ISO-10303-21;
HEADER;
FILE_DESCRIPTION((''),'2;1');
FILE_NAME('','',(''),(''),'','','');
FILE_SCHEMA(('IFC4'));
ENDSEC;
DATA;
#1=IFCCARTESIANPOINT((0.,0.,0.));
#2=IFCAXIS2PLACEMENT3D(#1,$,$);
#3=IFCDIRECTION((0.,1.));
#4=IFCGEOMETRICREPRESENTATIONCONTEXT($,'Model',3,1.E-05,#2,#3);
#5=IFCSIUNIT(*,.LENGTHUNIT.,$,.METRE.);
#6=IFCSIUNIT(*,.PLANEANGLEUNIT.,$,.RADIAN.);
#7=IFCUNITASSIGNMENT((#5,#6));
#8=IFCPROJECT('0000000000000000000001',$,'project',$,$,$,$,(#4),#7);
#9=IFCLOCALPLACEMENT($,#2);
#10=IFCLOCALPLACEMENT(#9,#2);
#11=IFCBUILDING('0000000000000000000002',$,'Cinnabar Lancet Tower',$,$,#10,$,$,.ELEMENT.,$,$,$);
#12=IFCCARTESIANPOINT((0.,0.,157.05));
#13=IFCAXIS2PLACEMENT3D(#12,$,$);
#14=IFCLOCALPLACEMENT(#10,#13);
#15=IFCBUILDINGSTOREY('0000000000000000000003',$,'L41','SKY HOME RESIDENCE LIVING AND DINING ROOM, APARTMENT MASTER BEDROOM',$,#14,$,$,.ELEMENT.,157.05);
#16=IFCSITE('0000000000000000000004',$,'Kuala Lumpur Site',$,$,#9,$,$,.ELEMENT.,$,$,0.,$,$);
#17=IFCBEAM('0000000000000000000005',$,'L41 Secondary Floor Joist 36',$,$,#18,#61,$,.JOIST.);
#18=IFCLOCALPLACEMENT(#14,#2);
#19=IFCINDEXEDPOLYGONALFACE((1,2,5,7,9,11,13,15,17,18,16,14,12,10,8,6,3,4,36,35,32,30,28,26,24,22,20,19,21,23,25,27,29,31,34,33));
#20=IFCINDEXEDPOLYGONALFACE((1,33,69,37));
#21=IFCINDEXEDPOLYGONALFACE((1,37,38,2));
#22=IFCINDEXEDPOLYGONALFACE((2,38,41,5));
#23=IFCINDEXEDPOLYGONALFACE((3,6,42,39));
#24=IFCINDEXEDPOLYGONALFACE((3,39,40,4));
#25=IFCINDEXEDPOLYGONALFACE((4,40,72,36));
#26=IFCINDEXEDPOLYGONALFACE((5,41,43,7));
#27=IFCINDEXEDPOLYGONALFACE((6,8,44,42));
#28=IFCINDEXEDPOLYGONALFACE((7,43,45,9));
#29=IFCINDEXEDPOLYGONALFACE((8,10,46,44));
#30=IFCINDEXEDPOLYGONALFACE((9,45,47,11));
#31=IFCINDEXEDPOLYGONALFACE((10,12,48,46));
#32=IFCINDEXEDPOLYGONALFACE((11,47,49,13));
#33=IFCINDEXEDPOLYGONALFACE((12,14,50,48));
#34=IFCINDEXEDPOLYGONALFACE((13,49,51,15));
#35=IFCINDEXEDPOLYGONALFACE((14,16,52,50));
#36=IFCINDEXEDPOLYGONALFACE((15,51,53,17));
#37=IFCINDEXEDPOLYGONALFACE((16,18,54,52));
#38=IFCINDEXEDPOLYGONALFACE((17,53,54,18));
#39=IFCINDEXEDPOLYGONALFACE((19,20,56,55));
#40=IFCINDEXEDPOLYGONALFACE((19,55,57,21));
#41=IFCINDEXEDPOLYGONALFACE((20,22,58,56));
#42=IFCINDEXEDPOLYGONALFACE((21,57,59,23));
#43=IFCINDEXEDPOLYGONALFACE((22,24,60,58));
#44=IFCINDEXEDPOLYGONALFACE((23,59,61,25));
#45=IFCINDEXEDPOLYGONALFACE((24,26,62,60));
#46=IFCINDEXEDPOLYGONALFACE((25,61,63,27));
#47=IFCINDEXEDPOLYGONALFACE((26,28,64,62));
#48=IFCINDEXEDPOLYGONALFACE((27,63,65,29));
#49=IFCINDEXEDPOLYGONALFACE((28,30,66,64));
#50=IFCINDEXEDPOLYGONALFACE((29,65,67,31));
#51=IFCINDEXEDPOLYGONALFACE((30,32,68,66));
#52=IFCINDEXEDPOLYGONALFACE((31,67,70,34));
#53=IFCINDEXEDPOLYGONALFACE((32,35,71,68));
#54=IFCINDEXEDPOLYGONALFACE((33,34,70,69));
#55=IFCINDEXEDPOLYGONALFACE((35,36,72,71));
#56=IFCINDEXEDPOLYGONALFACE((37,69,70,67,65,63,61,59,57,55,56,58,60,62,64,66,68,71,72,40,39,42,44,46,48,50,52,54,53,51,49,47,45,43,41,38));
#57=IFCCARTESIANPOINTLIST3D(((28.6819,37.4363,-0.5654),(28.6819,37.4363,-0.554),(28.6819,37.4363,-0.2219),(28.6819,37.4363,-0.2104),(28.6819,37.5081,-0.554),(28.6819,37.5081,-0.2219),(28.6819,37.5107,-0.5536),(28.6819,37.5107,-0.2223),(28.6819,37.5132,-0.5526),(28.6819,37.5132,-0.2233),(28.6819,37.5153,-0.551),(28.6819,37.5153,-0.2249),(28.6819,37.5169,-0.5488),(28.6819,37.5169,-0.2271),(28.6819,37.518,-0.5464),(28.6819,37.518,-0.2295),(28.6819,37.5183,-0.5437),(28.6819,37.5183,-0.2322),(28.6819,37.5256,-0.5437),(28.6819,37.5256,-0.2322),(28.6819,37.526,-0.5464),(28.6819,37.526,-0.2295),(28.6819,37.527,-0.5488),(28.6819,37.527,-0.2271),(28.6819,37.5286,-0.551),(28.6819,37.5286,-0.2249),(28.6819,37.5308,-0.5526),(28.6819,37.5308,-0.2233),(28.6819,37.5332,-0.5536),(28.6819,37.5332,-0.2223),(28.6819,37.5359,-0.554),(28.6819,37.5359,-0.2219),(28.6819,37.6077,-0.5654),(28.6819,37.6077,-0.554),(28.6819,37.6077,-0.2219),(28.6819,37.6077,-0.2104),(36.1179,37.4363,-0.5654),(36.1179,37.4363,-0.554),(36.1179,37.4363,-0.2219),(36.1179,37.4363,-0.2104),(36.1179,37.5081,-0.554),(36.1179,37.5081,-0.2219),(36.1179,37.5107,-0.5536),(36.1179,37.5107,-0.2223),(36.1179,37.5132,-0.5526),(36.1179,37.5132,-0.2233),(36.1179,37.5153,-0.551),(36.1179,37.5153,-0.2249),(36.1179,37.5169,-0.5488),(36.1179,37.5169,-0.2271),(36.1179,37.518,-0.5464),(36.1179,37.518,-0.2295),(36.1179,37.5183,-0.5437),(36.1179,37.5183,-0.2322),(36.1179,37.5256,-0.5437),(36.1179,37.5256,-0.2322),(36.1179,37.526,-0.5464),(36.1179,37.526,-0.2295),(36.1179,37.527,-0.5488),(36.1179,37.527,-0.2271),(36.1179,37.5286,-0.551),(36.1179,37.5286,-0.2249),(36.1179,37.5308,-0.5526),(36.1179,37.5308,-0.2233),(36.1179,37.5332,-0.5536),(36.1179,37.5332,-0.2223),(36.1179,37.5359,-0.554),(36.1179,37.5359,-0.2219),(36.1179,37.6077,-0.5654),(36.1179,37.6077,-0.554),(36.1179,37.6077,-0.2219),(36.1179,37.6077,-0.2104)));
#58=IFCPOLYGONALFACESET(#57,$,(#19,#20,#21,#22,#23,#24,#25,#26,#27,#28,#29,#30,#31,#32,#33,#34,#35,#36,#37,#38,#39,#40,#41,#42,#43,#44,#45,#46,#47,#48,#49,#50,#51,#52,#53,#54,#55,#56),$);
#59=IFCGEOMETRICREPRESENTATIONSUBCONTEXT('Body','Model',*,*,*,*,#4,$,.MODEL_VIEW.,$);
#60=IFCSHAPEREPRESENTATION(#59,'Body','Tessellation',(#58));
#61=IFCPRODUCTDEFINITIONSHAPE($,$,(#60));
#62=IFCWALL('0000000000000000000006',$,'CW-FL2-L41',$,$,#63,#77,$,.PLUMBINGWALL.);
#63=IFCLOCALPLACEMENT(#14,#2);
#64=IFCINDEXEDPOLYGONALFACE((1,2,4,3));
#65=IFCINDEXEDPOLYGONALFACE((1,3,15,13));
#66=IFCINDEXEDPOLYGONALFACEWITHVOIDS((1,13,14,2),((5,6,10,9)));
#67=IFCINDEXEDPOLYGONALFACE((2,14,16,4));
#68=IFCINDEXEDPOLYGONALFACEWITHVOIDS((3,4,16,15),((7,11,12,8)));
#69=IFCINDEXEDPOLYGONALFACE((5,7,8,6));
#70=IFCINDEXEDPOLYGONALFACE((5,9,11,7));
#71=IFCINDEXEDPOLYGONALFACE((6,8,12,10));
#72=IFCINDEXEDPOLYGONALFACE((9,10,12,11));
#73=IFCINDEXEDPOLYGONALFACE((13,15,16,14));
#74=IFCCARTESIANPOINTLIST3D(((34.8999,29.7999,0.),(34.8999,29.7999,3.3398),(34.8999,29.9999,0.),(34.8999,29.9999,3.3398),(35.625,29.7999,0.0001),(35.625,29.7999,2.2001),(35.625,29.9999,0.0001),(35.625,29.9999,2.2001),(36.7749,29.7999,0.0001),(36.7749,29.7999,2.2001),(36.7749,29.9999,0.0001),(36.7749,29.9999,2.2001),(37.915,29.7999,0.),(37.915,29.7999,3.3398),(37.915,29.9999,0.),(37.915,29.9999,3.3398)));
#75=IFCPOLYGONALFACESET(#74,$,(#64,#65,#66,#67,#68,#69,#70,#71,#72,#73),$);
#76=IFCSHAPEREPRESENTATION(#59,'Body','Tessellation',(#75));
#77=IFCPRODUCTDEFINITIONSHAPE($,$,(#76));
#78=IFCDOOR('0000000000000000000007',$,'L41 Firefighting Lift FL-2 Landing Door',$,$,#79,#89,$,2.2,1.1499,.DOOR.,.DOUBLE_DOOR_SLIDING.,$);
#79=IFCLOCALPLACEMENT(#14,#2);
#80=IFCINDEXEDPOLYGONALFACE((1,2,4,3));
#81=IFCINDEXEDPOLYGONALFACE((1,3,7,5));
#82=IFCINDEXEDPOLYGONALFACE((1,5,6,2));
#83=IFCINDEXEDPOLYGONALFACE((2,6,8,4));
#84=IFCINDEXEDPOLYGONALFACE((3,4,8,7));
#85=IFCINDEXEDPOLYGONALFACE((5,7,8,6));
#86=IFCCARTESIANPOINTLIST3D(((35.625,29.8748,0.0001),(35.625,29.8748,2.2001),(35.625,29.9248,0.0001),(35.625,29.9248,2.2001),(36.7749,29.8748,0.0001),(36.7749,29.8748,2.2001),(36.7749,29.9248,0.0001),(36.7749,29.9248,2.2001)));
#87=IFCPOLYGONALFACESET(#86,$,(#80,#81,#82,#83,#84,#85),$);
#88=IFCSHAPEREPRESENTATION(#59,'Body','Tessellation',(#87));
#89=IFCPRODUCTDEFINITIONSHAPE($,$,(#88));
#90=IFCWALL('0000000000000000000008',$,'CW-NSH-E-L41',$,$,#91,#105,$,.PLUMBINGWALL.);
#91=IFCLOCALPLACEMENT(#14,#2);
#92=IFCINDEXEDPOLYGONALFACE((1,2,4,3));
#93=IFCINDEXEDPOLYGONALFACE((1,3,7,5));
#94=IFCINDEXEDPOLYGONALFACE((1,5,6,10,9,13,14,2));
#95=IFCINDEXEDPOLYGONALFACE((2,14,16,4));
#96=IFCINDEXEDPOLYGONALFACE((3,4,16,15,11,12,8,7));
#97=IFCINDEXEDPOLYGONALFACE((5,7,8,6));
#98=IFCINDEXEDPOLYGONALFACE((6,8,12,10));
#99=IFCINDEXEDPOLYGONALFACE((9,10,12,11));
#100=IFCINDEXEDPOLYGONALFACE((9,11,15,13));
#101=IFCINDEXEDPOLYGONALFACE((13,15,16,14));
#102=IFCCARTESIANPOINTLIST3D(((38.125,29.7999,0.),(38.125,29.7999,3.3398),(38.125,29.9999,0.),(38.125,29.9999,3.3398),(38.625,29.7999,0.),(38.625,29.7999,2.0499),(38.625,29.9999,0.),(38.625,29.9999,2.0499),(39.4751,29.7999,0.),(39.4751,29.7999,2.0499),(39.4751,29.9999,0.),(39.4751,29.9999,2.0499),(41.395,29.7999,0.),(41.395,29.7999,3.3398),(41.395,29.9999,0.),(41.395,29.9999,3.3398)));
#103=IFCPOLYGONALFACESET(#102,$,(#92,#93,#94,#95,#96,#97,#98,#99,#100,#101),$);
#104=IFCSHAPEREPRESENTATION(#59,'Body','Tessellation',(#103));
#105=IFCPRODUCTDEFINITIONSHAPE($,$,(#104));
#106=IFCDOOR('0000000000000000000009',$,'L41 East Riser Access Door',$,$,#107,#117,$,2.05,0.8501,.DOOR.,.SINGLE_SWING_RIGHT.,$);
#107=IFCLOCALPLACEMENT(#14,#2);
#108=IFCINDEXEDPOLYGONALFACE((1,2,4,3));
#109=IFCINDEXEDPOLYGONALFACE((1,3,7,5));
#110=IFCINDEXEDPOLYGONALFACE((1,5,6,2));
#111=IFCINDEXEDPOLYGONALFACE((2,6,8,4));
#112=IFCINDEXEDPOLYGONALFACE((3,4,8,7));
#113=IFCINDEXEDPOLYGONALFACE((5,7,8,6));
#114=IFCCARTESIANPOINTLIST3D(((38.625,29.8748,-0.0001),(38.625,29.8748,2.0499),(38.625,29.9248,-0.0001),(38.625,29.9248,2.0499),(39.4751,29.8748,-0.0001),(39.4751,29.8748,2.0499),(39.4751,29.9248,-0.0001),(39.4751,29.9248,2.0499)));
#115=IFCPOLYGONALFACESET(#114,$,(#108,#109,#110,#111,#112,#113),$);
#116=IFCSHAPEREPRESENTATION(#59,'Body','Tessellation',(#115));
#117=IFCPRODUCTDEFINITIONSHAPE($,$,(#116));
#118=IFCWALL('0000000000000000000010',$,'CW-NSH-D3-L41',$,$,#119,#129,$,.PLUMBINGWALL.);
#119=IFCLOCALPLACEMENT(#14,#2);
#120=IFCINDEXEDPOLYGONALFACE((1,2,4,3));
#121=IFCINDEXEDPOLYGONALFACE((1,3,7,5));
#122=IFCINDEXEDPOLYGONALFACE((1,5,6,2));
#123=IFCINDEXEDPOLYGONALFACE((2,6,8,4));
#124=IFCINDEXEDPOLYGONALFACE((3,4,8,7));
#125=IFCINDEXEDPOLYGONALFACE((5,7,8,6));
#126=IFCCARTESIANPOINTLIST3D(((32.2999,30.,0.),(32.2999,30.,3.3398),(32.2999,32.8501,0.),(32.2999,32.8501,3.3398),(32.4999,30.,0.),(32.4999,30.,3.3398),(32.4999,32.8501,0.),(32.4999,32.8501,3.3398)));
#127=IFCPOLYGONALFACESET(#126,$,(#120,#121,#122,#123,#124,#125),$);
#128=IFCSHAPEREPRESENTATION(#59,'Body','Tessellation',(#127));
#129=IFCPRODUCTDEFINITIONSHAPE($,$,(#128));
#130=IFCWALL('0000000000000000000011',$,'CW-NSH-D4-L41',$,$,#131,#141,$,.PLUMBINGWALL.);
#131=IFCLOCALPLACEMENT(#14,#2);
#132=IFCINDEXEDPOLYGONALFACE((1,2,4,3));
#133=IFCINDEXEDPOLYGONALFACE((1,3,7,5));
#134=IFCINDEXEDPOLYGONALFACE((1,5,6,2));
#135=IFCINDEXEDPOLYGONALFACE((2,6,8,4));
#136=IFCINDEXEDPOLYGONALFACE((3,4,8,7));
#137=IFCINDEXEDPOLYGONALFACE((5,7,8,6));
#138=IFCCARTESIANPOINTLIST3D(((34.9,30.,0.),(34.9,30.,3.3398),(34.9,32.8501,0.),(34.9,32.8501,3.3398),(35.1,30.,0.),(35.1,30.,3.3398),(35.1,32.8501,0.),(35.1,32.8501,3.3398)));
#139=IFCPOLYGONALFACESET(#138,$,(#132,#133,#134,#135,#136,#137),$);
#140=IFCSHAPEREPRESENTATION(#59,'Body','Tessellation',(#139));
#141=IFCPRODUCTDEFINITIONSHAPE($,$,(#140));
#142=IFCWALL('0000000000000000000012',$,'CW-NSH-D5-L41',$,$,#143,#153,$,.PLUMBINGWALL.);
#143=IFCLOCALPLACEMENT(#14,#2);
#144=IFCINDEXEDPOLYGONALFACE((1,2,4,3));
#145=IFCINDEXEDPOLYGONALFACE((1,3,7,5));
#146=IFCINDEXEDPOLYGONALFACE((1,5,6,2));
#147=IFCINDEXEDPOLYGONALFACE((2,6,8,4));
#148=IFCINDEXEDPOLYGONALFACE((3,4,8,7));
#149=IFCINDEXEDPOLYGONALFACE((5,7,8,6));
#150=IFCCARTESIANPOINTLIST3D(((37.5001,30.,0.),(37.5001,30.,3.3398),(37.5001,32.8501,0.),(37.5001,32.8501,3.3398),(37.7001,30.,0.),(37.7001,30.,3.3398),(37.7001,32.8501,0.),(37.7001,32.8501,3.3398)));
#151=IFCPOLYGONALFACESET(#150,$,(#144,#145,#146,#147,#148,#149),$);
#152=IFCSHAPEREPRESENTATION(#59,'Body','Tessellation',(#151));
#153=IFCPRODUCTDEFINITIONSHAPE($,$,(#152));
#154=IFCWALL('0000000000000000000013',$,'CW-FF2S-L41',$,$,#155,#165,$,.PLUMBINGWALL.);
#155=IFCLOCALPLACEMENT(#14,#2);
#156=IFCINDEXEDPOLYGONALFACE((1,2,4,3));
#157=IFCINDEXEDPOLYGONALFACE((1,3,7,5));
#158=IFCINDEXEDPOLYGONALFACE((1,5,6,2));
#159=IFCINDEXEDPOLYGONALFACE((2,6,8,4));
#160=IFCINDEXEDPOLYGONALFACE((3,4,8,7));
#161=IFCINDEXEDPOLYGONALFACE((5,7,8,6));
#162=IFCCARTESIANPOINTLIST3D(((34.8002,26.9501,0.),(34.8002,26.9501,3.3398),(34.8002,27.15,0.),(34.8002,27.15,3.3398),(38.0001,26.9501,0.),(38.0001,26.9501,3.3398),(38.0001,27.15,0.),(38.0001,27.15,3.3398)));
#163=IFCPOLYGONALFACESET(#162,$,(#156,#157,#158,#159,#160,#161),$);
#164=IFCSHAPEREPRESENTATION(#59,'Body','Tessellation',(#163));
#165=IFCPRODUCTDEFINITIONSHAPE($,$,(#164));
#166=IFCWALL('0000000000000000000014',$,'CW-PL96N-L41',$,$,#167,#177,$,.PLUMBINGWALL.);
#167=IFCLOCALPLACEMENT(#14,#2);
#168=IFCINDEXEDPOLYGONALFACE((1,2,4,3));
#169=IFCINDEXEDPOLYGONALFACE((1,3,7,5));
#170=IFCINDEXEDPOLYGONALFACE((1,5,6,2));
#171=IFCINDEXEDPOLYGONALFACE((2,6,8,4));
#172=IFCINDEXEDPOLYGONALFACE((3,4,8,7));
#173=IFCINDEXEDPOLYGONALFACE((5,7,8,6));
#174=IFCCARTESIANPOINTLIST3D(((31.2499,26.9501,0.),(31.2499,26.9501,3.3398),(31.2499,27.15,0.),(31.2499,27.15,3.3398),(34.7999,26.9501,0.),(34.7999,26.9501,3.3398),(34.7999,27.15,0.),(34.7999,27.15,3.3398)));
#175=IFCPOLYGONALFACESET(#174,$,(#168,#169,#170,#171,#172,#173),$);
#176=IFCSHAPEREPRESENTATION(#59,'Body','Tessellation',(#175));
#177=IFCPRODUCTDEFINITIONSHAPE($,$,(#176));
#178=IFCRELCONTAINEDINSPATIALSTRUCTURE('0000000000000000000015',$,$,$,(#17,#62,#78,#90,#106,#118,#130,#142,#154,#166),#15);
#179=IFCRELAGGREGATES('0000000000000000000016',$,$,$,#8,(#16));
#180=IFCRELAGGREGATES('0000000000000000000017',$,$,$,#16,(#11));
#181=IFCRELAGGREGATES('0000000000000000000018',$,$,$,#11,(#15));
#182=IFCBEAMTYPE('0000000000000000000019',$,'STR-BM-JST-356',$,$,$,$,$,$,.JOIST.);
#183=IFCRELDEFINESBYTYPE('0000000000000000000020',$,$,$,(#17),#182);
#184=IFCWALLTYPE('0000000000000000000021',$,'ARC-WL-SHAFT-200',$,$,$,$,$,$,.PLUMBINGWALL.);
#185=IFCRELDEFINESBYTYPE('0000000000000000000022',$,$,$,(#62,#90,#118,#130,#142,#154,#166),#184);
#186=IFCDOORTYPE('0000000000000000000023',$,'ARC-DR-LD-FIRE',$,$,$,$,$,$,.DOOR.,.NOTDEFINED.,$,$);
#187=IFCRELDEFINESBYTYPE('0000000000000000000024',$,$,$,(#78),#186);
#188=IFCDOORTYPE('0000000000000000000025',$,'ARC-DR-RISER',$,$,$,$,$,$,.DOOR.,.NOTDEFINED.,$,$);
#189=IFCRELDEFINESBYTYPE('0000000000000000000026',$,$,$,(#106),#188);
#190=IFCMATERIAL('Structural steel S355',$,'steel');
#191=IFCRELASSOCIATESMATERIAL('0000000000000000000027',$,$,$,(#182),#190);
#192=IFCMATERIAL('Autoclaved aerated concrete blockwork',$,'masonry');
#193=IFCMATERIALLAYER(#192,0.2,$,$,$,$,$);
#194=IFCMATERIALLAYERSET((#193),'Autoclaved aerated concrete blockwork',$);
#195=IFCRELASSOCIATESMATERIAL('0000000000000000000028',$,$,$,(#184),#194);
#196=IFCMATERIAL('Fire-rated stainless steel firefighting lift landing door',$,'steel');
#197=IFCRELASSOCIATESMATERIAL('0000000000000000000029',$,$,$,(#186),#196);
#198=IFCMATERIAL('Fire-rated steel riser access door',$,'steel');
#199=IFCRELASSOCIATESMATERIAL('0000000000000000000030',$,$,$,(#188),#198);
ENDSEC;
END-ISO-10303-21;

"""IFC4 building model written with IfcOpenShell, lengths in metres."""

from ifc_helpers import new_model, si_unit, direction, frame, frame_2d, origin, origin_2d, place, context, subcontext, project, spatial, rectangle, i_section, extrude, material, layer, layer_set, material_profile, profile_set, type_object, element, fill, save


model = new_model("IFC4")

# Units and contexts
model_context = context("Model", 3, precision=1e-05, world=origin(), true_north=direction((0.0, 1.0)))
body_context = subcontext(model_context, "Body", "Model", "MODEL_VIEW")
ifc_project = project(units=[si_unit("LENGTHUNIT", "METRE"), si_unit("PLANEANGLEUNIT", "RADIAN")], contexts=[model_context])

# Site, building, storey
site_placement = place(None, origin())
site = spatial("IfcSite", under=ifc_project, at=site_placement, Name="Kuala Lumpur Site", CompositionType="ELEMENT", RefElevation=0.0)
building_placement = place(site_placement, origin())
building = spatial("IfcBuilding", under=site, at=building_placement, Name="Cinnabar Lancet Tower", CompositionType="ELEMENT")
storey_placement = place(building_placement, frame((0.0, 0.0, 157.05)))
storey = spatial("IfcBuildingStorey", under=building, at=storey_placement, Name="L41", Description="SKY HOME RESIDENCE LIVING AND DINING ROOM, APARTMENT MASTER BEDROOM", CompositionType="ELEMENT", Elevation=157.05)

# Beam
ifc_material_1 = material(Name="Structural steel S355", Category="steel")
ifc_material_profile_1 = material_profile(ifc_material_1, i_section(OverallWidth=0.1714, OverallDepth=0.355, WebThickness=0.0073, FlangeThickness=0.0115, FilletRadius=0.0103, at=origin_2d()), Name="UKB 356x171x51")
ifc_profile_set_1 = profile_set([ifc_material_profile_1], Name="Structural steel S355")
beam_type = type_object("IfcBeamType", Name="STR-BM-JST-356", PredefinedType="JOIST", material=ifc_profile_set_1)
beam_1_placement = place(storey_placement, frame((36.1179, 37.522, -0.3879), z_axis=(-1.0, 0.0, 0.0), x_axis=(0.0, -1.0, 0.0)))
element("IfcBeam", 1, at=beam_1_placement, inside=storey, type_object=beam_type, Name="L41 Secondary Floor Joist 36", PredefinedType="JOIST", context=body_context, shape_type="SweptSolid", body=[
    extrude(i_section(OverallWidth=0.1714, OverallDepth=0.355, WebThickness=0.0073, FlangeThickness=0.0115, FilletRadius=0.0103, at=origin_2d()), origin(), (0.0, 0.0, 1.0), 7.436),
])

# Walls, openings, doors
ifc_material_2 = material(Name="Autoclaved aerated concrete blockwork", Category="masonry")
ifc_layer_1 = layer(ifc_material_2, 0.2)
ifc_layer_set_1 = layer_set([ifc_layer_1], Name="Autoclaved aerated concrete blockwork")
wall_type_1 = type_object("IfcWallType", Name="ARC-WL-SHAFT-200", PredefinedType="PLUMBINGWALL", material=ifc_layer_set_1)
wall_1_placement = place(storey_placement, frame((34.8999, 29.8999, 0.0), z_axis=(0.0, 0.0, 1.0), x_axis=(1.0, 0.0, 0.0)))
wall_1 = element("IfcWall", 2, at=wall_1_placement, inside=storey, type_object=wall_type_1, Name="CW-FL2-L41", PredefinedType="PLUMBINGWALL", context=body_context, shape_type="SweptSolid", body=[
    extrude(rectangle(XDim=3.0151, YDim=0.2, at=frame_2d((1.5076, 0.0))), origin(), (0.0, 0.0, 1.0), 3.3398),
])
opening_1_placement = place(wall_1_placement, frame((0.7251, 0.0, 0.0)))
opening_1 = element("IfcOpeningElement", 3, at=opening_1_placement, cuts=wall_1, PredefinedType="OPENING", context=body_context, shape_type="SweptSolid", body=[
    extrude(rectangle(XDim=1.1499, YDim=2.2, at=frame_2d((0.575, 1.1001))), frame((0.0, 0.1099, 0.0), z_axis=(0.0, -1.0, 0.0), x_axis=(1.0, 0.0, 0.0)), (0.0, 0.0, 1.0), 0.22),
])
ifc_material_3 = material(Name="Fire-rated stainless steel firefighting lift landing door", Category="steel")
door_type_1 = type_object("IfcDoorType", Name="ARC-DR-LD-FIRE", OperationType="NOTDEFINED", PredefinedType="DOOR", material=ifc_material_3)
door_1_placement = place(opening_1_placement, origin())
door_1 = element("IfcDoor", 4, at=door_1_placement, inside=storey, type_object=door_type_1, Name="L41 Firefighting Lift FL-2 Landing Door", OperationType="DOUBLE_DOOR_SLIDING", OverallHeight=2.2, OverallWidth=1.1499, PredefinedType="DOOR", context=body_context, shape_type="SweptSolid", body=[
    extrude(rectangle(XDim=1.1499, YDim=2.2, at=frame_2d((0.575, 1.1001))), frame((0.0, 0.0249, 0.0), z_axis=(0.0, -1.0, 0.0), x_axis=(1.0, 0.0, 0.0)), (0.0, 0.0, 1.0), 0.05),
])
fill(opening_1, door_1)
wall_2_placement = place(storey_placement, frame((38.125, 29.8999, 0.0), z_axis=(0.0, 0.0, 1.0), x_axis=(1.0, 0.0, 0.0)))
wall_2 = element("IfcWall", 5, at=wall_2_placement, inside=storey, type_object=wall_type_1, Name="CW-NSH-E-L41", PredefinedType="PLUMBINGWALL", context=body_context, shape_type="SweptSolid", body=[
    extrude(rectangle(XDim=3.27, YDim=0.2, at=frame_2d((1.635, 0.0))), origin(), (0.0, 0.0, 1.0), 3.3398),
])
opening_2_placement = place(wall_2_placement, frame((0.5, 0.0, 0.0)))
opening_2 = element("IfcOpeningElement", 6, at=opening_2_placement, cuts=wall_2, PredefinedType="OPENING", context=body_context, shape_type="SweptSolid", body=[
    extrude(rectangle(XDim=0.8501, YDim=2.05, at=frame_2d((0.425, 1.0249))), frame((0.0, 0.1099, 0.0), z_axis=(0.0, -1.0, 0.0), x_axis=(1.0, 0.0, 0.0)), (0.0, 0.0, 1.0), 0.22),
])
ifc_material_4 = material(Name="Fire-rated steel riser access door", Category="steel")
door_type_2 = type_object("IfcDoorType", Name="ARC-DR-RISER", OperationType="NOTDEFINED", PredefinedType="DOOR", material=ifc_material_4)
door_2_placement = place(opening_2_placement, origin())
door_2 = element("IfcDoor", 7, at=door_2_placement, inside=storey, type_object=door_type_2, Name="L41 East Riser Access Door", OperationType="SINGLE_SWING_RIGHT", OverallHeight=2.05, OverallWidth=0.8501, PredefinedType="DOOR", context=body_context, shape_type="SweptSolid", body=[
    extrude(rectangle(XDim=0.8501, YDim=2.05, at=frame_2d((0.425, 1.0249))), frame((0.0, 0.0249, 0.0), z_axis=(0.0, -1.0, 0.0), x_axis=(1.0, 0.0, 0.0)), (0.0, 0.0, 1.0), 0.05),
])
fill(opening_2, door_2)

# Walls
for number, where, z_axis, x_axis, name in (
    (8, (32.3999, 30.0, 0.0), (0.0, 0.0, 1.0), (0.0, 1.0, 0.0), "CW-NSH-D3-L41"),
    (9, (35.0, 30.0, 0.0), (0.0, 0.0, 1.0), (0.0, 1.0, 0.0), "CW-NSH-D4-L41"),
    (10, (37.6001, 30.0, 0.0), (0.0, 0.0, 1.0), (0.0, 1.0, 0.0), "CW-NSH-D5-L41"),
):
    element("IfcWall", number, at=place(storey_placement, frame(where, z_axis=z_axis, x_axis=x_axis)), inside=storey, type_object=wall_type_1, Name=name, PredefinedType="PLUMBINGWALL", context=body_context, shape_type="SweptSolid", body=[
        extrude(rectangle(XDim=2.8501, YDim=0.2, at=frame_2d((1.425, 0.0))), origin(), (0.0, 0.0, 1.0), 3.3398),
    ])

# Walls
wall_3_placement = place(storey_placement, frame((34.8, 27.05, 0.0), z_axis=(0.0, 0.0, 1.0), x_axis=(1.0, 0.0, 0.0)))
element("IfcWall", 11, at=wall_3_placement, inside=storey, type_object=wall_type_1, Name="CW-FF2S-L41", PredefinedType="PLUMBINGWALL", context=body_context, shape_type="SweptSolid", body=[
    extrude(rectangle(XDim=3.2, YDim=0.2, at=frame_2d((1.6001, 0.0))), origin(), (0.0, 0.0, 1.0), 3.3398),
])
wall_4_placement = place(storey_placement, frame((31.25, 27.05, 0.0), z_axis=(0.0, 0.0, 1.0), x_axis=(1.0, 0.0, 0.0)))
element("IfcWall", 12, at=wall_4_placement, inside=storey, type_object=wall_type_1, Name="CW-PL96N-L41", PredefinedType="PLUMBINGWALL", context=body_context, shape_type="SweptSolid", body=[
    extrude(rectangle(XDim=3.55, YDim=0.2, at=frame_2d((1.7749, 0.0))), origin(), (0.0, 0.0, 1.0), 3.3398),
])

save(model, "model.ifc")
